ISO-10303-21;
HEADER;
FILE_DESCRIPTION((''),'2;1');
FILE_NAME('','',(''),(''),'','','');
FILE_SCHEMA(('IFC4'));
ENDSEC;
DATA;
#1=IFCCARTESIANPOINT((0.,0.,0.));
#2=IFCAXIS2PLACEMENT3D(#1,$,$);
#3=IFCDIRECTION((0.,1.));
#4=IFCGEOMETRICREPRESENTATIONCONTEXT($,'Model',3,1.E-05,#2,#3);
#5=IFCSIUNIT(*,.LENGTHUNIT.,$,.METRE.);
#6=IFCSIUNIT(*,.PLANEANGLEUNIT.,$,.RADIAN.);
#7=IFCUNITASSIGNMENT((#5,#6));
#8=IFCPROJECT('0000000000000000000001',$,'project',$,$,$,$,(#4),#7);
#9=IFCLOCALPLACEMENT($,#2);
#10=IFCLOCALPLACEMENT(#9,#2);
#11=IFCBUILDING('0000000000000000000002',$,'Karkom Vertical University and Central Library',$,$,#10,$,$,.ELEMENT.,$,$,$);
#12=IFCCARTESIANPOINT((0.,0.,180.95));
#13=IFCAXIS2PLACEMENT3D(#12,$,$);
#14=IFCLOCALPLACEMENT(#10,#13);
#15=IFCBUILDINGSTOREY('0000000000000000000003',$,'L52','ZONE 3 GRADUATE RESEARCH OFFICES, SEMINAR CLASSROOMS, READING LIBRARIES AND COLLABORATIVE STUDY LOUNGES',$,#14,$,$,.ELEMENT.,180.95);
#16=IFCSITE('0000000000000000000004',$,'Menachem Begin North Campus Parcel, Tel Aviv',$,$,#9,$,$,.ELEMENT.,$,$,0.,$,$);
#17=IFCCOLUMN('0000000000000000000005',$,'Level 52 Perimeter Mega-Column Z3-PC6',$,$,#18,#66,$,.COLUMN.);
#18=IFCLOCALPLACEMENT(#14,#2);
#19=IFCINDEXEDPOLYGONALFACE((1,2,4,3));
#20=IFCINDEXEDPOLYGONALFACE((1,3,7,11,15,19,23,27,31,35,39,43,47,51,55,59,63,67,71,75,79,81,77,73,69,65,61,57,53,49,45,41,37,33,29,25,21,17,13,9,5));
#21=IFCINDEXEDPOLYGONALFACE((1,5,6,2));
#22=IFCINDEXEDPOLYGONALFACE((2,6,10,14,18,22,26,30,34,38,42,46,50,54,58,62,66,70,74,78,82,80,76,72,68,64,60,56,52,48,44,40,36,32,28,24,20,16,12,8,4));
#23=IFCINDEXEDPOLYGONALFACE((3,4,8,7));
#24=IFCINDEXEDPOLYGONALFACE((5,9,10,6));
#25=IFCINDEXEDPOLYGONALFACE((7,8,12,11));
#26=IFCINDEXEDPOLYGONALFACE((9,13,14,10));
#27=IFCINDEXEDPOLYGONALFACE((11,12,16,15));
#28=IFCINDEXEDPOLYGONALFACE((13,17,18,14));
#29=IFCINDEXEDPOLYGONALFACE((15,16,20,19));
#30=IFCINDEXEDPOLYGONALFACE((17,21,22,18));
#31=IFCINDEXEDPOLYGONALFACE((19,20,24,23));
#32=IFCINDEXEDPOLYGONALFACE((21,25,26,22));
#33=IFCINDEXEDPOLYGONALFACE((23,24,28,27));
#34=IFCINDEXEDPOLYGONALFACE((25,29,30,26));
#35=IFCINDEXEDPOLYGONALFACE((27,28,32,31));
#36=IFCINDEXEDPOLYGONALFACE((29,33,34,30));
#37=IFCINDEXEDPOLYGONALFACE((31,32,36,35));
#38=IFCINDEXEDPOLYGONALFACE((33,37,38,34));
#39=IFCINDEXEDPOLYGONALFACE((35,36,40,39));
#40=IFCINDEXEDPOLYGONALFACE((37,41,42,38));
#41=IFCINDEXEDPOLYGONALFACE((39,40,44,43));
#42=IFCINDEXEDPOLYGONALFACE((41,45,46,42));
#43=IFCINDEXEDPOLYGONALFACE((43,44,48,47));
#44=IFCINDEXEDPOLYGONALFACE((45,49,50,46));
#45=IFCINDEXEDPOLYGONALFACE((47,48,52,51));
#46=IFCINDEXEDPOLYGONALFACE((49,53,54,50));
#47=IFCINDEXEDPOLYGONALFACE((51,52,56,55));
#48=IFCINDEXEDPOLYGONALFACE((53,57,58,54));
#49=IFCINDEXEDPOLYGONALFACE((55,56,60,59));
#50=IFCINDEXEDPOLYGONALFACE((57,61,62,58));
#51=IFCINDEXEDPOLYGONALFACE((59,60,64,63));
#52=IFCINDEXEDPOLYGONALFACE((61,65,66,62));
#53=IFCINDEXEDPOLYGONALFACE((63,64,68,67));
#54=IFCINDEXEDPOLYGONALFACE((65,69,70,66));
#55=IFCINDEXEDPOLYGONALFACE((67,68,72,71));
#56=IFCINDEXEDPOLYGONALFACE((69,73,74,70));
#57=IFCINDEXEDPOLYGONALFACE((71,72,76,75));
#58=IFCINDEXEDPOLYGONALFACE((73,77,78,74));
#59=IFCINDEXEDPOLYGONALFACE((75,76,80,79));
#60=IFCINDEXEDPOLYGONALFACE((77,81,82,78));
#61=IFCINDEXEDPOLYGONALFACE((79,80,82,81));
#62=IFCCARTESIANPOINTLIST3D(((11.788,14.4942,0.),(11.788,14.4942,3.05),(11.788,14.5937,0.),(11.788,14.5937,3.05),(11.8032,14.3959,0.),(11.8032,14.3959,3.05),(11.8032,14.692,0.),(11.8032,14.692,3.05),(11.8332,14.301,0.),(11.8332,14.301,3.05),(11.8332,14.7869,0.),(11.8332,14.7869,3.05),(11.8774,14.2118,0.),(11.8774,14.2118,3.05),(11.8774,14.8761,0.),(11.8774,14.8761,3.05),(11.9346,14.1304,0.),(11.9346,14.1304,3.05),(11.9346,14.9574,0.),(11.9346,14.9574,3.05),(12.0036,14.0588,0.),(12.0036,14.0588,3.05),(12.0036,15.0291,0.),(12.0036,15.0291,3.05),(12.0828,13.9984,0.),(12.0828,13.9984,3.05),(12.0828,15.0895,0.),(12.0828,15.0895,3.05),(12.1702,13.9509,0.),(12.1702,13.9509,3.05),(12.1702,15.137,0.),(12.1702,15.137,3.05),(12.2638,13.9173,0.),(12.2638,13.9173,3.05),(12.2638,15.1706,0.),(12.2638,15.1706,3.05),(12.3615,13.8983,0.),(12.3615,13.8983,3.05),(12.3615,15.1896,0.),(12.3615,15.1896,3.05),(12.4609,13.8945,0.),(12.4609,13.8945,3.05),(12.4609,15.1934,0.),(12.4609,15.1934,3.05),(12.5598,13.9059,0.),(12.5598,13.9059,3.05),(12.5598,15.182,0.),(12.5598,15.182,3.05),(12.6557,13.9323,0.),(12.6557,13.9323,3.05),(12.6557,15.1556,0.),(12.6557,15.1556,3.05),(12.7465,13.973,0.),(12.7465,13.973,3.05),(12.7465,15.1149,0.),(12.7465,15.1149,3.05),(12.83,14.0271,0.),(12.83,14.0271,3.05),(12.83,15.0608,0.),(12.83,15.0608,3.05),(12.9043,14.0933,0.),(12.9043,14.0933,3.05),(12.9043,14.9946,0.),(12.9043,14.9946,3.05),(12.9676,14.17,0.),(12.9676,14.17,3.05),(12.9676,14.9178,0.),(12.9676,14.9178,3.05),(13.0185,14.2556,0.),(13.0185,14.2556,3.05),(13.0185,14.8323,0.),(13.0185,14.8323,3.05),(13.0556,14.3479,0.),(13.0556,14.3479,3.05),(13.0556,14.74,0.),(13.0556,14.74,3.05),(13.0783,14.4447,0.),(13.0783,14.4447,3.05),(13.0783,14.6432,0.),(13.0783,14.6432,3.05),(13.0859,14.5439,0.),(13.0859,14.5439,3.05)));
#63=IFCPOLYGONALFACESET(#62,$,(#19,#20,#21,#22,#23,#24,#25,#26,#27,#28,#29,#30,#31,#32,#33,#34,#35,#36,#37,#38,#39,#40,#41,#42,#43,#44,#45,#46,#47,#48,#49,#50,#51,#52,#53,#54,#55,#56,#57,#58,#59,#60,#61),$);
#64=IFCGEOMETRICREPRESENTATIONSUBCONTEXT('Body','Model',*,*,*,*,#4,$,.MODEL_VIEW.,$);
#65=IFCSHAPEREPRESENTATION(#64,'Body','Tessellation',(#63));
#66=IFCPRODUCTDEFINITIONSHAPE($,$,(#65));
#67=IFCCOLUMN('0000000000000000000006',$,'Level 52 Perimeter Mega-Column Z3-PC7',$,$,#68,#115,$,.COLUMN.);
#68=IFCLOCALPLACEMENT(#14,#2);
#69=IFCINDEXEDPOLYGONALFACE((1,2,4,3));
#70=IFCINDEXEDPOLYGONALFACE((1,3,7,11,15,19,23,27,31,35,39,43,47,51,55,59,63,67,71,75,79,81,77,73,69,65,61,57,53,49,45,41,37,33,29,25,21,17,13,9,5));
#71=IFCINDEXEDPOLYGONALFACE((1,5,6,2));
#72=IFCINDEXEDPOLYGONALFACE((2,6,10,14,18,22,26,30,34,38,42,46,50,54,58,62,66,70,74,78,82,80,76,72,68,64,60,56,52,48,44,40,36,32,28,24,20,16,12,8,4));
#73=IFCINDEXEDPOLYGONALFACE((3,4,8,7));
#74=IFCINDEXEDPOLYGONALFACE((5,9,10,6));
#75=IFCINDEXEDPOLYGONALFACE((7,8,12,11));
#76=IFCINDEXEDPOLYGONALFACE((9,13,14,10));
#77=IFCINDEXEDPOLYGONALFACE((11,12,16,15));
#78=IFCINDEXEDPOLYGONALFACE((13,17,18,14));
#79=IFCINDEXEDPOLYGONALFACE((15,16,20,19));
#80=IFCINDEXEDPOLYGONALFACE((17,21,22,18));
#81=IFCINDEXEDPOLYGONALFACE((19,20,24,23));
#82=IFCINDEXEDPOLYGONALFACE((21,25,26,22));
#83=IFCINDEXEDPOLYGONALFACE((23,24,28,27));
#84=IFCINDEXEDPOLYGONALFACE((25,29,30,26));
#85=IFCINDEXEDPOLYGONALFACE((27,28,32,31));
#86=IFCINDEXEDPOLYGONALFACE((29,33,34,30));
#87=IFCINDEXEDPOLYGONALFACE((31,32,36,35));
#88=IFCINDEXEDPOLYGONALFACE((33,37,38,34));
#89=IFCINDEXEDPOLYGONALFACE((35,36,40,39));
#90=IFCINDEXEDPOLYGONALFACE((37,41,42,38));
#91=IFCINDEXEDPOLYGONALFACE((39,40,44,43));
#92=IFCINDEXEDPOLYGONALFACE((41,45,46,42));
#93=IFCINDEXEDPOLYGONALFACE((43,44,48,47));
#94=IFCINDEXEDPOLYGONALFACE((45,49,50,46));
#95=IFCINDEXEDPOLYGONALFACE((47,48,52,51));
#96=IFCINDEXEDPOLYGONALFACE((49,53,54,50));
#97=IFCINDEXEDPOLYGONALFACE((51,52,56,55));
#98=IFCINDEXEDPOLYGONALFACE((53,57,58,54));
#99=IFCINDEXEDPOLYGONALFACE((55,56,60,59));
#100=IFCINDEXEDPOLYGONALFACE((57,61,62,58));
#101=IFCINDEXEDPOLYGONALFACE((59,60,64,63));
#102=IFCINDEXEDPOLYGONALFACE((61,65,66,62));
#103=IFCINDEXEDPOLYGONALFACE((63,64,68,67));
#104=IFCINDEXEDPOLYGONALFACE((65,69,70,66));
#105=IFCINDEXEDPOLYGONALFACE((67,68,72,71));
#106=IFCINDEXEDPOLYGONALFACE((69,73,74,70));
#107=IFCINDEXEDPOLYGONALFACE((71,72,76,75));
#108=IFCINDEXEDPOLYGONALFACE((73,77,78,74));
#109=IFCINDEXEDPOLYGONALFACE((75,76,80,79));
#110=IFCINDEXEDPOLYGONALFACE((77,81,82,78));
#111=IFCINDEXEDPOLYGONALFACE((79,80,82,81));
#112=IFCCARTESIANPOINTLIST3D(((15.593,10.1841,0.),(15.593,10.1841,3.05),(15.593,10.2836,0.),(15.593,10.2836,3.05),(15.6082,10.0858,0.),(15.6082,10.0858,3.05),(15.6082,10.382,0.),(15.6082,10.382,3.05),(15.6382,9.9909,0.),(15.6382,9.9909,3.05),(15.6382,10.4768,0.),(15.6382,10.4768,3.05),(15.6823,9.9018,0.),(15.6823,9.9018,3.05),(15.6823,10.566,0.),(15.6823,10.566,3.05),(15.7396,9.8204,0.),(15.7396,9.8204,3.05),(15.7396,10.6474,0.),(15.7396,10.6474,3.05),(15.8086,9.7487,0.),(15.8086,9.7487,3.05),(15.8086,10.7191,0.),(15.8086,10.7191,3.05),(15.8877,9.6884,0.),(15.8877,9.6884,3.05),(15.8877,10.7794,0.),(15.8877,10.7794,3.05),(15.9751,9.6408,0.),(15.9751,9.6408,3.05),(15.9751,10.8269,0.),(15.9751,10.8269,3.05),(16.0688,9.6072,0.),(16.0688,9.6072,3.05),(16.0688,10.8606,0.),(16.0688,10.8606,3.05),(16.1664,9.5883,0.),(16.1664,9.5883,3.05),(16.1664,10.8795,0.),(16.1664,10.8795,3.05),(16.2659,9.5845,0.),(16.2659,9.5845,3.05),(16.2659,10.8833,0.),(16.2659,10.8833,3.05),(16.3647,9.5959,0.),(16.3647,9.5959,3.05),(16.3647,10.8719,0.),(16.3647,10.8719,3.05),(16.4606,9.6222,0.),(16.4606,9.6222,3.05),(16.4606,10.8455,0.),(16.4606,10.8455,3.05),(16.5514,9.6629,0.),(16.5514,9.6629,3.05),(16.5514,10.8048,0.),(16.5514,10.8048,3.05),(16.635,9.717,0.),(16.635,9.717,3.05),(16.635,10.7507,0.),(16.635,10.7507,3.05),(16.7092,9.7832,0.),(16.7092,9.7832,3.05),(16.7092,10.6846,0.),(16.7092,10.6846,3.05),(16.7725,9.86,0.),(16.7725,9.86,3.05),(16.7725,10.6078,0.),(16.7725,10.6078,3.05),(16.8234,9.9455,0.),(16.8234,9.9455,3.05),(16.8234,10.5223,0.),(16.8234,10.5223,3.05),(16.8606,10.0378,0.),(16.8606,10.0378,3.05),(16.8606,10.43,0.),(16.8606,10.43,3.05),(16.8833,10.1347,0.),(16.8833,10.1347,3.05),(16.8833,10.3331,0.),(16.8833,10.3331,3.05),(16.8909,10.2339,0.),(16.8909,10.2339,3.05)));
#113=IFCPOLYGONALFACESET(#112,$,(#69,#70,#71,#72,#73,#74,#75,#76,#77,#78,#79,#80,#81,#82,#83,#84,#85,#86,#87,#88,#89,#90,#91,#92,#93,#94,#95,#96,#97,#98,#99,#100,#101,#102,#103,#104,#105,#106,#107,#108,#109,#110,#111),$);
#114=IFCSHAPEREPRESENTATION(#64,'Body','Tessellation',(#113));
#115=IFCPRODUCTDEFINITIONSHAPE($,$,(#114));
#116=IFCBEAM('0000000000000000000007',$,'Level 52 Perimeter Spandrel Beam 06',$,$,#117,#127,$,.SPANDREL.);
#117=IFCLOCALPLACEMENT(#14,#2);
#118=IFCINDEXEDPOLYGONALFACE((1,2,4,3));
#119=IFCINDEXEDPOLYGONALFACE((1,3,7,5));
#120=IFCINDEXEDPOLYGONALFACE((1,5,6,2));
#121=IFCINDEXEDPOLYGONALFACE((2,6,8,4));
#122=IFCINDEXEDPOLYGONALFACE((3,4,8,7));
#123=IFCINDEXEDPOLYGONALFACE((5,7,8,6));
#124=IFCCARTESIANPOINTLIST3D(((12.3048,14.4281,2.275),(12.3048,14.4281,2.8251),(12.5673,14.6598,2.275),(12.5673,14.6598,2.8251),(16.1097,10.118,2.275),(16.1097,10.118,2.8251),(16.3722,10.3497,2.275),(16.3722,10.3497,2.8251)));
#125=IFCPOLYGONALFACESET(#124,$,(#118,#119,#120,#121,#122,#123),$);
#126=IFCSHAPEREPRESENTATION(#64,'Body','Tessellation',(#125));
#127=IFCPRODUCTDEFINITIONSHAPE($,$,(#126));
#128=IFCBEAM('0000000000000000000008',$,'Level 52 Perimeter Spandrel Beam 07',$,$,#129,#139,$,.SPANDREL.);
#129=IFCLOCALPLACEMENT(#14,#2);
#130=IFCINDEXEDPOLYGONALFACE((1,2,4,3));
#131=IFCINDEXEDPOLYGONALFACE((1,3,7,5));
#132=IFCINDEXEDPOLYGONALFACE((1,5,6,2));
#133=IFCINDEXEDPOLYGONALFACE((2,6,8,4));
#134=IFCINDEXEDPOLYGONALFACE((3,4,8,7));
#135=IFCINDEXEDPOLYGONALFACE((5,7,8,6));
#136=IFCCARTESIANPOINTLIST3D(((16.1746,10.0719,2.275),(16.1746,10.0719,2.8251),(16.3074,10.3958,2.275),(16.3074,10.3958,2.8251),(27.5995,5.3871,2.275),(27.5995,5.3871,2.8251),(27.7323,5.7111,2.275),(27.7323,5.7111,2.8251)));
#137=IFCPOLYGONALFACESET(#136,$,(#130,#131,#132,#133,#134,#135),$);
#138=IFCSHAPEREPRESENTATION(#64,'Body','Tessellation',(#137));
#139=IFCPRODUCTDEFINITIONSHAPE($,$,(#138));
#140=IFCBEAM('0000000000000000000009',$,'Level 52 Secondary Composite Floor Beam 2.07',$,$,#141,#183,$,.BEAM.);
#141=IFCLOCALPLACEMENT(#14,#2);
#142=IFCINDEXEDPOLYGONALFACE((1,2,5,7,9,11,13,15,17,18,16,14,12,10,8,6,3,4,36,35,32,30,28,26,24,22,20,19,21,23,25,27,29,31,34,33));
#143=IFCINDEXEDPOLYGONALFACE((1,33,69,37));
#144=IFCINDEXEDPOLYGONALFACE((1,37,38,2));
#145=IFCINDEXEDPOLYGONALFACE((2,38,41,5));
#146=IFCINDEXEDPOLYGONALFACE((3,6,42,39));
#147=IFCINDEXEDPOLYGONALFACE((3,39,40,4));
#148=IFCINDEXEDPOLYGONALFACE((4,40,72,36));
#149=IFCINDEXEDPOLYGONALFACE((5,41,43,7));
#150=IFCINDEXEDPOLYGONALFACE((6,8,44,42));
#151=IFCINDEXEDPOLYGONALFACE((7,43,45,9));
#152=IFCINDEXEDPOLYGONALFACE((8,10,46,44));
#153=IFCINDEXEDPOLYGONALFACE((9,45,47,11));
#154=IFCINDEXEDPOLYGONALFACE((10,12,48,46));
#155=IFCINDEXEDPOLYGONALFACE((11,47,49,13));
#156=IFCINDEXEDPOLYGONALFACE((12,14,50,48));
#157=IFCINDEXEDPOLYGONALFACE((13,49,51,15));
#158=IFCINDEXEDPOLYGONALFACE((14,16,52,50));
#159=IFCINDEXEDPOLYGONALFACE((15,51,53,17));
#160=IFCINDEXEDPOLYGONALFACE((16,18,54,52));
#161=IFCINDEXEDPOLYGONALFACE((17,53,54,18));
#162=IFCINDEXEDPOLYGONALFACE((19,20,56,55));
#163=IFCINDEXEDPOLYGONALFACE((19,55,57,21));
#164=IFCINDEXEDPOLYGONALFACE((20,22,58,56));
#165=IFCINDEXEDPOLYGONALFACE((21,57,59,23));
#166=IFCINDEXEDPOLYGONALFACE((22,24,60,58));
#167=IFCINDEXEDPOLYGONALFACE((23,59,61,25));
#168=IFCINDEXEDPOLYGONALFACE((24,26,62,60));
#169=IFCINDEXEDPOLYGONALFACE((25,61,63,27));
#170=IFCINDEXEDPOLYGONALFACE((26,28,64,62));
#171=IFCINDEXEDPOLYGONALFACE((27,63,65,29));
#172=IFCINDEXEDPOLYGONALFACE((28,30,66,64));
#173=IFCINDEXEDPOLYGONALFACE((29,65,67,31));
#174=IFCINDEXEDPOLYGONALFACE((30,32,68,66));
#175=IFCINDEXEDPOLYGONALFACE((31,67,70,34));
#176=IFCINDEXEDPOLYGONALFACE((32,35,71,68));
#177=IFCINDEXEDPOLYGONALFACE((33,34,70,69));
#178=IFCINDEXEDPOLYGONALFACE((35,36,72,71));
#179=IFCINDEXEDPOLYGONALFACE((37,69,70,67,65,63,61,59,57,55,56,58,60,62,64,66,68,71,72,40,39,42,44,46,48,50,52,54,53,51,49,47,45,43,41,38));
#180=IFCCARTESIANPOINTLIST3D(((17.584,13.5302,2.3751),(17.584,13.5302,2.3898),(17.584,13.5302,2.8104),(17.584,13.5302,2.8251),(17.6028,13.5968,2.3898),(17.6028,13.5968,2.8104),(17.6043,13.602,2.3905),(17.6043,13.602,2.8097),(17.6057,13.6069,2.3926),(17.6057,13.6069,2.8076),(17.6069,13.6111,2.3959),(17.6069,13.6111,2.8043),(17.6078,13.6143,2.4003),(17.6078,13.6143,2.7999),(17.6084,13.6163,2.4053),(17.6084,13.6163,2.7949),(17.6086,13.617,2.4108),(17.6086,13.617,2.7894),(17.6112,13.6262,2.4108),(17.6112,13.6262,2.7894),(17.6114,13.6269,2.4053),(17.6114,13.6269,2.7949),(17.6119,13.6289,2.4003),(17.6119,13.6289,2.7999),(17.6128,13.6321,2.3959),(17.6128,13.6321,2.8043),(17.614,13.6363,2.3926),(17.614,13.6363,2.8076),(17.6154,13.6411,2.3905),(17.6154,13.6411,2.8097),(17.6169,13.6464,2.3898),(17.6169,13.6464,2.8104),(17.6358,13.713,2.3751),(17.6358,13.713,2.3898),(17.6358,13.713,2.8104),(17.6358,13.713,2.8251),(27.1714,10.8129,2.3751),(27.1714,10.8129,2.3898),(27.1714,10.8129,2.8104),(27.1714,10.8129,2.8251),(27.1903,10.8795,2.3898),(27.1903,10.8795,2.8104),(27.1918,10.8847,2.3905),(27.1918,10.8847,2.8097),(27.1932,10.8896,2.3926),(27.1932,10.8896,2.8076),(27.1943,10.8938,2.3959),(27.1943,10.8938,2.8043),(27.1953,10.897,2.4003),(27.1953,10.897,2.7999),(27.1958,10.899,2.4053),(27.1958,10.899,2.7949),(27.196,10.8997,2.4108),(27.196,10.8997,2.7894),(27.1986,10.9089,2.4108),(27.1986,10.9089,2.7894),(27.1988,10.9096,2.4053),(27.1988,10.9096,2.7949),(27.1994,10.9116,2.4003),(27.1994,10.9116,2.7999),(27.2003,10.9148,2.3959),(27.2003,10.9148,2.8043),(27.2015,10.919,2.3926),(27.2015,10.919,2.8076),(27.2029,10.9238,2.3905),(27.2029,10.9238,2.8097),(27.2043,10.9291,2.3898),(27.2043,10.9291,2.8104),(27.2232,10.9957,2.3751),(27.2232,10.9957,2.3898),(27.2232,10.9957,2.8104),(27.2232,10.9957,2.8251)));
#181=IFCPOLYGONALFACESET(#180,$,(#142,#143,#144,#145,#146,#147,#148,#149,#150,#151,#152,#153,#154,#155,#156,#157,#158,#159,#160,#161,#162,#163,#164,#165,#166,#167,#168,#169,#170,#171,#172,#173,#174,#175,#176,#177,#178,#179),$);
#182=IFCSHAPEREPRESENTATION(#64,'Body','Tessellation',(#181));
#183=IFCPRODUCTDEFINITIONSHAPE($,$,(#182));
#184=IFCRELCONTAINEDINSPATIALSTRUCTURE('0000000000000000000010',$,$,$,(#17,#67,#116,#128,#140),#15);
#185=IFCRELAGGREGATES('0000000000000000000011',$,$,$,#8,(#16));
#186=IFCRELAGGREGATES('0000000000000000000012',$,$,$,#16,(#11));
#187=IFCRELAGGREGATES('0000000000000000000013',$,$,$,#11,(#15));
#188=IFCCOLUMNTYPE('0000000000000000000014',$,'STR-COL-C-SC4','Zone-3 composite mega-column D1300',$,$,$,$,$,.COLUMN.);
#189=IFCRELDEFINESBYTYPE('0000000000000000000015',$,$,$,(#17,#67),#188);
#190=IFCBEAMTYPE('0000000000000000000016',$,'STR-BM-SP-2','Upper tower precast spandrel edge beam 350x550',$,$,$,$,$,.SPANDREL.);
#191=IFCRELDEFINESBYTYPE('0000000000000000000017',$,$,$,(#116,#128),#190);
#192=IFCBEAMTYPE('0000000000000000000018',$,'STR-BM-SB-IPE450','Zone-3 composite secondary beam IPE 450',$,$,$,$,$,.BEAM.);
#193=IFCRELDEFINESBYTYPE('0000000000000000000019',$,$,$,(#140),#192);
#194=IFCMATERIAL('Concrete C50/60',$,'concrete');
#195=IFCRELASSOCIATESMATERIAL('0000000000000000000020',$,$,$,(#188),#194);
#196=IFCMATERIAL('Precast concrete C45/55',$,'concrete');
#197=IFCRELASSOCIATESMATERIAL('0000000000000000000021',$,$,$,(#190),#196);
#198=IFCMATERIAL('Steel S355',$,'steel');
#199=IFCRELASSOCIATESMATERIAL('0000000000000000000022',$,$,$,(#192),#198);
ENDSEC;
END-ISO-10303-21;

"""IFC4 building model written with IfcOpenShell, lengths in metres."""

from ifc_helpers import new_model, si_unit, direction, frame, origin, origin_with_axes, origin_2d, place, context, subcontext, project, spatial, rectangle, circle, i_section, extrude, source, transform, mapped, material, material_profile, profile_set, type_object, element, save


model = new_model("IFC4")

# Units and contexts
model_context = context("Model", 3, precision=1e-05, world=origin(), true_north=direction((0.0, 1.0)))
body_context = subcontext(model_context, "Body", "Model", "MODEL_VIEW")
ifc_project = project(units=[si_unit("LENGTHUNIT", "METRE"), si_unit("PLANEANGLEUNIT", "RADIAN")], contexts=[model_context])

# Site, building, storey
site_placement = place(None, origin())
site = spatial("IfcSite", under=ifc_project, at=site_placement, Name="Menachem Begin North Campus Parcel, Tel Aviv", CompositionType="ELEMENT", RefElevation=0.0)
building_placement = place(site_placement, origin())
building = spatial("IfcBuilding", under=site, at=building_placement, Name="Karkom Vertical University and Central Library", CompositionType="ELEMENT")
storey_placement = place(building_placement, frame((0.0, 0.0, 180.95)))
storey = spatial("IfcBuildingStorey", under=building, at=storey_placement, Name="L52", Description="ZONE 3 GRADUATE RESEARCH OFFICES, SEMINAR CLASSROOMS, READING LIBRARIES AND COLLABORATIVE STUDY LOUNGES", CompositionType="ELEMENT", Elevation=180.95)

# Columns
ifc_material_1 = material(Name="Concrete C50/60", Category="concrete")
ifc_material_profile_1 = material_profile(ifc_material_1, circle(Radius=0.6499, at=origin_2d()), Name="CFT-D1300")
ifc_profile_set_1 = profile_set([ifc_material_profile_1], Name="Concrete C50/60")
column_type = type_object("IfcColumnType", Name="STR-COL-C-SC4", Description="Zone-3 composite mega-column D1300", PredefinedType="COLUMN", material=ifc_profile_set_1)
shared_shape_1 = source(origin_with_axes(), body_context, "Body", "SweptSolid", [
    extrude(circle(Radius=0.6499, at=origin_2d()), origin(), (0.0, 0.0, 1.0), 3.05),
])
for number, where, z_axis, x_axis, name in (
    (1, (12.436, 14.5439, 0.0), (0.0, 0.0, 1.0), (1.0, 0.0, 0.0), "Level 52 Perimeter Mega-Column Z3-PC6"),
    (2, (16.241, 10.2339, 0.0), (0.0, 0.0, 1.0), (1.0, 0.0, 0.0), "Level 52 Perimeter Mega-Column Z3-PC7"),
):
    element("IfcColumn", number, at=place(storey_placement, frame(where, z_axis=z_axis, x_axis=x_axis)), inside=storey, type_object=column_type, Name=name, PredefinedType="COLUMN", context=body_context, shape_type="MappedRepresentation", body=[
        mapped(shared_shape_1, transform((0.0, 0.0, 0.0), scale=1.0)),
    ])

# Beams
ifc_material_2 = material(Name="Precast concrete C45/55", Category="concrete")
ifc_material_profile_2 = material_profile(ifc_material_2, rectangle(XDim=0.3501, YDim=0.55, at=origin_2d()), Name="SPB-350x550")
ifc_profile_set_2 = profile_set([ifc_material_profile_2], Name="Precast concrete C45/55")
beam_type_1 = type_object("IfcBeamType", Name="STR-BM-SP-2", Description="Upper tower precast spandrel edge beam 350x550", PredefinedType="SPANDREL", material=ifc_profile_set_2)
shared_shape_2 = source(origin_with_axes(), body_context, "Body", "SweptSolid", [
    extrude(rectangle(XDim=0.3501, YDim=0.55, at=origin_2d()), origin(), (0.0, 0.0, 1.0), 5.7493),
])
beam_1_placement = place(storey_placement, frame((12.436, 14.5439, 2.55), z_axis=(0.661811, -0.749671, 0.0), x_axis=(0.749671, 0.661811, 0.0)))
element("IfcBeam", 3, at=beam_1_placement, inside=storey, type_object=beam_type_1, Name="Level 52 Perimeter Spandrel Beam 06", PredefinedType="SPANDREL", context=body_context, shape_type="MappedRepresentation", body=[
    mapped(shared_shape_2, transform((0.0, 0.0, 0.0), scale=1.0)),
])
shared_shape_3 = source(origin_with_axes(), body_context, "Body", "SweptSolid", [
    extrude(rectangle(XDim=0.3501, YDim=0.55, at=origin_2d()), origin(), (0.0, 0.0, 1.0), 12.3481),
])
beam_2_placement = place(storey_placement, frame((16.241, 10.2339, 2.55), z_axis=(0.925236, -0.379391, 0.0), x_axis=(0.379391, 0.925236, 0.0)))
element("IfcBeam", 4, at=beam_2_placement, inside=storey, type_object=beam_type_1, Name="Level 52 Perimeter Spandrel Beam 07", PredefinedType="SPANDREL", context=body_context, shape_type="MappedRepresentation", body=[
    mapped(shared_shape_3, transform((0.0, 0.0, 0.0), scale=1.0)),
])
ifc_material_3 = material(Name="Steel S355", Category="steel")
ifc_material_profile_3 = material_profile(ifc_material_3, i_section(OverallWidth=0.1899, OverallDepth=0.45, WebThickness=0.0095, FlangeThickness=0.0146, FilletRadius=0.021, at=origin_2d()), Name="IPE 450")
ifc_profile_set_3 = profile_set([ifc_material_profile_3], Name="Steel S355")
beam_type_2 = type_object("IfcBeamType", Name="STR-BM-SB-IPE450", Description="Zone-3 composite secondary beam IPE 450", PredefinedType="BEAM", material=ifc_profile_set_3)
shared_shape_4 = source(origin_with_axes(), body_context, "Body", "SweptSolid", [
    extrude(i_section(OverallWidth=0.1899, OverallDepth=0.45, WebThickness=0.0095, FlangeThickness=0.0146, FilletRadius=0.021, at=origin_2d()), origin(), (0.0, 0.0, 1.0), 9.9651),
])
beam_3_placement = place(storey_placement, frame((17.6099, 13.6216, 2.6001), z_axis=(0.962104, -0.272682, 0.0), x_axis=(0.272682, 0.962104, 0.0)))
element("IfcBeam", 5, at=beam_3_placement, inside=storey, type_object=beam_type_2, Name="Level 52 Secondary Composite Floor Beam 2.07", PredefinedType="BEAM", context=body_context, shape_type="MappedRepresentation", body=[
    mapped(shared_shape_4, transform((0.0, 0.0, 0.0), scale=1.0)),
])

save(model, "model.ifc")
